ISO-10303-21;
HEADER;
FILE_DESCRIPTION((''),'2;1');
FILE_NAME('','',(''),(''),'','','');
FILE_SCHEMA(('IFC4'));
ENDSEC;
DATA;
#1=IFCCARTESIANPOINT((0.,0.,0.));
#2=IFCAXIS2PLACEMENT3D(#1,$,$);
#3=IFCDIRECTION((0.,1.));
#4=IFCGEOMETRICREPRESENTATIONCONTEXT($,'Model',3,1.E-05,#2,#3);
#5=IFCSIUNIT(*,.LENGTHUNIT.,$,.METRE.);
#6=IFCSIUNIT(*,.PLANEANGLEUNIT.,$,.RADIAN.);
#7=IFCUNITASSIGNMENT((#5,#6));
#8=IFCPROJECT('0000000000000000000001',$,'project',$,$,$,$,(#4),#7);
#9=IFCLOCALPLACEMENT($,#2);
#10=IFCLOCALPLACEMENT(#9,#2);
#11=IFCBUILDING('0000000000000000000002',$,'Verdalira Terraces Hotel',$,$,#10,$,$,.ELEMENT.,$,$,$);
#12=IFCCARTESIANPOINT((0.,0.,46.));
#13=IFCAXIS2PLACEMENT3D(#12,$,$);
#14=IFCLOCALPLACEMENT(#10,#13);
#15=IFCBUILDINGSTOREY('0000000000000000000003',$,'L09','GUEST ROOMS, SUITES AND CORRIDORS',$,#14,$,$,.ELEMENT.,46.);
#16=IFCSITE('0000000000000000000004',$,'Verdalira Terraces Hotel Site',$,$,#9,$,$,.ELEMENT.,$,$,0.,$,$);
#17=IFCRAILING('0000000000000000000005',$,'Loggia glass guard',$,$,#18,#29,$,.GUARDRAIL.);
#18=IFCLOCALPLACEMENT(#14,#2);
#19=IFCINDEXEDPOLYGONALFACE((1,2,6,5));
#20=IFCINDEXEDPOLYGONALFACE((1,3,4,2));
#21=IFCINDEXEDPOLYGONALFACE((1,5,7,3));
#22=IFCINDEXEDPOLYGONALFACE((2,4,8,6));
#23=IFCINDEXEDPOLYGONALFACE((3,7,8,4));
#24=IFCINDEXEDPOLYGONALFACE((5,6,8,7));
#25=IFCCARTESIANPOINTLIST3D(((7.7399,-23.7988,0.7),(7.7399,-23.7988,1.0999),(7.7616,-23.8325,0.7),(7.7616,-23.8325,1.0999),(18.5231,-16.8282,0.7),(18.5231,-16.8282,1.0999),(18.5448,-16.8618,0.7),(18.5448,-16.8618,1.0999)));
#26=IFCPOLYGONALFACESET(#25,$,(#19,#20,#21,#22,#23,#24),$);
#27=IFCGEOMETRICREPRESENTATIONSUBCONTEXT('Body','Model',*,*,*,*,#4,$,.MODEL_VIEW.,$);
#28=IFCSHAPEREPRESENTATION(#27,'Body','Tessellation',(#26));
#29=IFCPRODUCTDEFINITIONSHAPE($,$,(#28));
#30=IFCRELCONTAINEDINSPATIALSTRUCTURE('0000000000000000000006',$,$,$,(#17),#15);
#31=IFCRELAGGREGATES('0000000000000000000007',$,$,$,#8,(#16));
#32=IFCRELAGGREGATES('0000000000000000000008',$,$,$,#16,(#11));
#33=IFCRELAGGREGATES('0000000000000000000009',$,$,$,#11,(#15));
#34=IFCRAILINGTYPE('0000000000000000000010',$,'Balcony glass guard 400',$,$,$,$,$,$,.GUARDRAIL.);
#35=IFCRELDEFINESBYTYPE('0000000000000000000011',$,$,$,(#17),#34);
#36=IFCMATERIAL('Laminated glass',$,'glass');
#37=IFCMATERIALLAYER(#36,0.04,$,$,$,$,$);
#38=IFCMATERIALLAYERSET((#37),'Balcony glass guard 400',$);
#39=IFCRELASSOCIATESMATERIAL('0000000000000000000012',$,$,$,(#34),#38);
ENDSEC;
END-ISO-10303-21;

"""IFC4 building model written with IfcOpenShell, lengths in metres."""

from ifc_helpers import new_model, si_unit, direction, frame, origin, origin_2d, place, context, subcontext, project, spatial, rectangle, extrude, material, layer, layer_set, type_object, element, save


model = new_model("IFC4")

# Units and contexts
model_context = context("Model", 3, precision=1e-05, world=origin(), true_north=direction((0.0, 1.0)))
body_context = subcontext(model_context, "Body", "Model", "MODEL_VIEW")
ifc_project = project(units=[si_unit("LENGTHUNIT", "METRE"), si_unit("PLANEANGLEUNIT", "RADIAN")], contexts=[model_context])

# Site, building, storey
site_placement = place(None, origin())
site = spatial("IfcSite", under=ifc_project, at=site_placement, Name="Verdalira Terraces Hotel Site", CompositionType="ELEMENT", RefElevation=0.0)
building_placement = place(site_placement, origin())
building = spatial("IfcBuilding", under=site, at=building_placement, Name="Verdalira Terraces Hotel", CompositionType="ELEMENT")
storey_placement = place(building_placement, frame((0.0, 0.0, 46.0)))
storey = spatial("IfcBuildingStorey", under=building, at=storey_placement, Name="L09", Description="GUEST ROOMS, SUITES AND CORRIDORS", CompositionType="ELEMENT", Elevation=46.0)

# Railing
ifc_material_1 = material(Name="Laminated glass", Category="glass")
ifc_layer_1 = layer(ifc_material_1, 0.04)
ifc_layer_set_1 = layer_set([ifc_layer_1], Name="Balcony glass guard 400")
railing_type = type_object("IfcRailingType", Name="Balcony glass guard 400", PredefinedType="GUARDRAIL", material=ifc_layer_set_1)
railing_placement = place(storey_placement, frame((13.1423, -20.3303, 0.7), z_axis=(0.0, 0.0, 1.0), x_axis=(0.839809, 0.542881, 0.0)))
element("IfcRailing", 1, at=railing_placement, inside=storey, type_object=railing_type, Name="Loggia glass guard", PredefinedType="GUARDRAIL", context=body_context, shape_type="SweptSolid", body=[
    extrude(rectangle(XDim=12.8401, YDim=0.04, at=origin_2d()), origin(), (0.0, 0.0, 1.0), 0.3999),
])

save(model, "model.ifc")
